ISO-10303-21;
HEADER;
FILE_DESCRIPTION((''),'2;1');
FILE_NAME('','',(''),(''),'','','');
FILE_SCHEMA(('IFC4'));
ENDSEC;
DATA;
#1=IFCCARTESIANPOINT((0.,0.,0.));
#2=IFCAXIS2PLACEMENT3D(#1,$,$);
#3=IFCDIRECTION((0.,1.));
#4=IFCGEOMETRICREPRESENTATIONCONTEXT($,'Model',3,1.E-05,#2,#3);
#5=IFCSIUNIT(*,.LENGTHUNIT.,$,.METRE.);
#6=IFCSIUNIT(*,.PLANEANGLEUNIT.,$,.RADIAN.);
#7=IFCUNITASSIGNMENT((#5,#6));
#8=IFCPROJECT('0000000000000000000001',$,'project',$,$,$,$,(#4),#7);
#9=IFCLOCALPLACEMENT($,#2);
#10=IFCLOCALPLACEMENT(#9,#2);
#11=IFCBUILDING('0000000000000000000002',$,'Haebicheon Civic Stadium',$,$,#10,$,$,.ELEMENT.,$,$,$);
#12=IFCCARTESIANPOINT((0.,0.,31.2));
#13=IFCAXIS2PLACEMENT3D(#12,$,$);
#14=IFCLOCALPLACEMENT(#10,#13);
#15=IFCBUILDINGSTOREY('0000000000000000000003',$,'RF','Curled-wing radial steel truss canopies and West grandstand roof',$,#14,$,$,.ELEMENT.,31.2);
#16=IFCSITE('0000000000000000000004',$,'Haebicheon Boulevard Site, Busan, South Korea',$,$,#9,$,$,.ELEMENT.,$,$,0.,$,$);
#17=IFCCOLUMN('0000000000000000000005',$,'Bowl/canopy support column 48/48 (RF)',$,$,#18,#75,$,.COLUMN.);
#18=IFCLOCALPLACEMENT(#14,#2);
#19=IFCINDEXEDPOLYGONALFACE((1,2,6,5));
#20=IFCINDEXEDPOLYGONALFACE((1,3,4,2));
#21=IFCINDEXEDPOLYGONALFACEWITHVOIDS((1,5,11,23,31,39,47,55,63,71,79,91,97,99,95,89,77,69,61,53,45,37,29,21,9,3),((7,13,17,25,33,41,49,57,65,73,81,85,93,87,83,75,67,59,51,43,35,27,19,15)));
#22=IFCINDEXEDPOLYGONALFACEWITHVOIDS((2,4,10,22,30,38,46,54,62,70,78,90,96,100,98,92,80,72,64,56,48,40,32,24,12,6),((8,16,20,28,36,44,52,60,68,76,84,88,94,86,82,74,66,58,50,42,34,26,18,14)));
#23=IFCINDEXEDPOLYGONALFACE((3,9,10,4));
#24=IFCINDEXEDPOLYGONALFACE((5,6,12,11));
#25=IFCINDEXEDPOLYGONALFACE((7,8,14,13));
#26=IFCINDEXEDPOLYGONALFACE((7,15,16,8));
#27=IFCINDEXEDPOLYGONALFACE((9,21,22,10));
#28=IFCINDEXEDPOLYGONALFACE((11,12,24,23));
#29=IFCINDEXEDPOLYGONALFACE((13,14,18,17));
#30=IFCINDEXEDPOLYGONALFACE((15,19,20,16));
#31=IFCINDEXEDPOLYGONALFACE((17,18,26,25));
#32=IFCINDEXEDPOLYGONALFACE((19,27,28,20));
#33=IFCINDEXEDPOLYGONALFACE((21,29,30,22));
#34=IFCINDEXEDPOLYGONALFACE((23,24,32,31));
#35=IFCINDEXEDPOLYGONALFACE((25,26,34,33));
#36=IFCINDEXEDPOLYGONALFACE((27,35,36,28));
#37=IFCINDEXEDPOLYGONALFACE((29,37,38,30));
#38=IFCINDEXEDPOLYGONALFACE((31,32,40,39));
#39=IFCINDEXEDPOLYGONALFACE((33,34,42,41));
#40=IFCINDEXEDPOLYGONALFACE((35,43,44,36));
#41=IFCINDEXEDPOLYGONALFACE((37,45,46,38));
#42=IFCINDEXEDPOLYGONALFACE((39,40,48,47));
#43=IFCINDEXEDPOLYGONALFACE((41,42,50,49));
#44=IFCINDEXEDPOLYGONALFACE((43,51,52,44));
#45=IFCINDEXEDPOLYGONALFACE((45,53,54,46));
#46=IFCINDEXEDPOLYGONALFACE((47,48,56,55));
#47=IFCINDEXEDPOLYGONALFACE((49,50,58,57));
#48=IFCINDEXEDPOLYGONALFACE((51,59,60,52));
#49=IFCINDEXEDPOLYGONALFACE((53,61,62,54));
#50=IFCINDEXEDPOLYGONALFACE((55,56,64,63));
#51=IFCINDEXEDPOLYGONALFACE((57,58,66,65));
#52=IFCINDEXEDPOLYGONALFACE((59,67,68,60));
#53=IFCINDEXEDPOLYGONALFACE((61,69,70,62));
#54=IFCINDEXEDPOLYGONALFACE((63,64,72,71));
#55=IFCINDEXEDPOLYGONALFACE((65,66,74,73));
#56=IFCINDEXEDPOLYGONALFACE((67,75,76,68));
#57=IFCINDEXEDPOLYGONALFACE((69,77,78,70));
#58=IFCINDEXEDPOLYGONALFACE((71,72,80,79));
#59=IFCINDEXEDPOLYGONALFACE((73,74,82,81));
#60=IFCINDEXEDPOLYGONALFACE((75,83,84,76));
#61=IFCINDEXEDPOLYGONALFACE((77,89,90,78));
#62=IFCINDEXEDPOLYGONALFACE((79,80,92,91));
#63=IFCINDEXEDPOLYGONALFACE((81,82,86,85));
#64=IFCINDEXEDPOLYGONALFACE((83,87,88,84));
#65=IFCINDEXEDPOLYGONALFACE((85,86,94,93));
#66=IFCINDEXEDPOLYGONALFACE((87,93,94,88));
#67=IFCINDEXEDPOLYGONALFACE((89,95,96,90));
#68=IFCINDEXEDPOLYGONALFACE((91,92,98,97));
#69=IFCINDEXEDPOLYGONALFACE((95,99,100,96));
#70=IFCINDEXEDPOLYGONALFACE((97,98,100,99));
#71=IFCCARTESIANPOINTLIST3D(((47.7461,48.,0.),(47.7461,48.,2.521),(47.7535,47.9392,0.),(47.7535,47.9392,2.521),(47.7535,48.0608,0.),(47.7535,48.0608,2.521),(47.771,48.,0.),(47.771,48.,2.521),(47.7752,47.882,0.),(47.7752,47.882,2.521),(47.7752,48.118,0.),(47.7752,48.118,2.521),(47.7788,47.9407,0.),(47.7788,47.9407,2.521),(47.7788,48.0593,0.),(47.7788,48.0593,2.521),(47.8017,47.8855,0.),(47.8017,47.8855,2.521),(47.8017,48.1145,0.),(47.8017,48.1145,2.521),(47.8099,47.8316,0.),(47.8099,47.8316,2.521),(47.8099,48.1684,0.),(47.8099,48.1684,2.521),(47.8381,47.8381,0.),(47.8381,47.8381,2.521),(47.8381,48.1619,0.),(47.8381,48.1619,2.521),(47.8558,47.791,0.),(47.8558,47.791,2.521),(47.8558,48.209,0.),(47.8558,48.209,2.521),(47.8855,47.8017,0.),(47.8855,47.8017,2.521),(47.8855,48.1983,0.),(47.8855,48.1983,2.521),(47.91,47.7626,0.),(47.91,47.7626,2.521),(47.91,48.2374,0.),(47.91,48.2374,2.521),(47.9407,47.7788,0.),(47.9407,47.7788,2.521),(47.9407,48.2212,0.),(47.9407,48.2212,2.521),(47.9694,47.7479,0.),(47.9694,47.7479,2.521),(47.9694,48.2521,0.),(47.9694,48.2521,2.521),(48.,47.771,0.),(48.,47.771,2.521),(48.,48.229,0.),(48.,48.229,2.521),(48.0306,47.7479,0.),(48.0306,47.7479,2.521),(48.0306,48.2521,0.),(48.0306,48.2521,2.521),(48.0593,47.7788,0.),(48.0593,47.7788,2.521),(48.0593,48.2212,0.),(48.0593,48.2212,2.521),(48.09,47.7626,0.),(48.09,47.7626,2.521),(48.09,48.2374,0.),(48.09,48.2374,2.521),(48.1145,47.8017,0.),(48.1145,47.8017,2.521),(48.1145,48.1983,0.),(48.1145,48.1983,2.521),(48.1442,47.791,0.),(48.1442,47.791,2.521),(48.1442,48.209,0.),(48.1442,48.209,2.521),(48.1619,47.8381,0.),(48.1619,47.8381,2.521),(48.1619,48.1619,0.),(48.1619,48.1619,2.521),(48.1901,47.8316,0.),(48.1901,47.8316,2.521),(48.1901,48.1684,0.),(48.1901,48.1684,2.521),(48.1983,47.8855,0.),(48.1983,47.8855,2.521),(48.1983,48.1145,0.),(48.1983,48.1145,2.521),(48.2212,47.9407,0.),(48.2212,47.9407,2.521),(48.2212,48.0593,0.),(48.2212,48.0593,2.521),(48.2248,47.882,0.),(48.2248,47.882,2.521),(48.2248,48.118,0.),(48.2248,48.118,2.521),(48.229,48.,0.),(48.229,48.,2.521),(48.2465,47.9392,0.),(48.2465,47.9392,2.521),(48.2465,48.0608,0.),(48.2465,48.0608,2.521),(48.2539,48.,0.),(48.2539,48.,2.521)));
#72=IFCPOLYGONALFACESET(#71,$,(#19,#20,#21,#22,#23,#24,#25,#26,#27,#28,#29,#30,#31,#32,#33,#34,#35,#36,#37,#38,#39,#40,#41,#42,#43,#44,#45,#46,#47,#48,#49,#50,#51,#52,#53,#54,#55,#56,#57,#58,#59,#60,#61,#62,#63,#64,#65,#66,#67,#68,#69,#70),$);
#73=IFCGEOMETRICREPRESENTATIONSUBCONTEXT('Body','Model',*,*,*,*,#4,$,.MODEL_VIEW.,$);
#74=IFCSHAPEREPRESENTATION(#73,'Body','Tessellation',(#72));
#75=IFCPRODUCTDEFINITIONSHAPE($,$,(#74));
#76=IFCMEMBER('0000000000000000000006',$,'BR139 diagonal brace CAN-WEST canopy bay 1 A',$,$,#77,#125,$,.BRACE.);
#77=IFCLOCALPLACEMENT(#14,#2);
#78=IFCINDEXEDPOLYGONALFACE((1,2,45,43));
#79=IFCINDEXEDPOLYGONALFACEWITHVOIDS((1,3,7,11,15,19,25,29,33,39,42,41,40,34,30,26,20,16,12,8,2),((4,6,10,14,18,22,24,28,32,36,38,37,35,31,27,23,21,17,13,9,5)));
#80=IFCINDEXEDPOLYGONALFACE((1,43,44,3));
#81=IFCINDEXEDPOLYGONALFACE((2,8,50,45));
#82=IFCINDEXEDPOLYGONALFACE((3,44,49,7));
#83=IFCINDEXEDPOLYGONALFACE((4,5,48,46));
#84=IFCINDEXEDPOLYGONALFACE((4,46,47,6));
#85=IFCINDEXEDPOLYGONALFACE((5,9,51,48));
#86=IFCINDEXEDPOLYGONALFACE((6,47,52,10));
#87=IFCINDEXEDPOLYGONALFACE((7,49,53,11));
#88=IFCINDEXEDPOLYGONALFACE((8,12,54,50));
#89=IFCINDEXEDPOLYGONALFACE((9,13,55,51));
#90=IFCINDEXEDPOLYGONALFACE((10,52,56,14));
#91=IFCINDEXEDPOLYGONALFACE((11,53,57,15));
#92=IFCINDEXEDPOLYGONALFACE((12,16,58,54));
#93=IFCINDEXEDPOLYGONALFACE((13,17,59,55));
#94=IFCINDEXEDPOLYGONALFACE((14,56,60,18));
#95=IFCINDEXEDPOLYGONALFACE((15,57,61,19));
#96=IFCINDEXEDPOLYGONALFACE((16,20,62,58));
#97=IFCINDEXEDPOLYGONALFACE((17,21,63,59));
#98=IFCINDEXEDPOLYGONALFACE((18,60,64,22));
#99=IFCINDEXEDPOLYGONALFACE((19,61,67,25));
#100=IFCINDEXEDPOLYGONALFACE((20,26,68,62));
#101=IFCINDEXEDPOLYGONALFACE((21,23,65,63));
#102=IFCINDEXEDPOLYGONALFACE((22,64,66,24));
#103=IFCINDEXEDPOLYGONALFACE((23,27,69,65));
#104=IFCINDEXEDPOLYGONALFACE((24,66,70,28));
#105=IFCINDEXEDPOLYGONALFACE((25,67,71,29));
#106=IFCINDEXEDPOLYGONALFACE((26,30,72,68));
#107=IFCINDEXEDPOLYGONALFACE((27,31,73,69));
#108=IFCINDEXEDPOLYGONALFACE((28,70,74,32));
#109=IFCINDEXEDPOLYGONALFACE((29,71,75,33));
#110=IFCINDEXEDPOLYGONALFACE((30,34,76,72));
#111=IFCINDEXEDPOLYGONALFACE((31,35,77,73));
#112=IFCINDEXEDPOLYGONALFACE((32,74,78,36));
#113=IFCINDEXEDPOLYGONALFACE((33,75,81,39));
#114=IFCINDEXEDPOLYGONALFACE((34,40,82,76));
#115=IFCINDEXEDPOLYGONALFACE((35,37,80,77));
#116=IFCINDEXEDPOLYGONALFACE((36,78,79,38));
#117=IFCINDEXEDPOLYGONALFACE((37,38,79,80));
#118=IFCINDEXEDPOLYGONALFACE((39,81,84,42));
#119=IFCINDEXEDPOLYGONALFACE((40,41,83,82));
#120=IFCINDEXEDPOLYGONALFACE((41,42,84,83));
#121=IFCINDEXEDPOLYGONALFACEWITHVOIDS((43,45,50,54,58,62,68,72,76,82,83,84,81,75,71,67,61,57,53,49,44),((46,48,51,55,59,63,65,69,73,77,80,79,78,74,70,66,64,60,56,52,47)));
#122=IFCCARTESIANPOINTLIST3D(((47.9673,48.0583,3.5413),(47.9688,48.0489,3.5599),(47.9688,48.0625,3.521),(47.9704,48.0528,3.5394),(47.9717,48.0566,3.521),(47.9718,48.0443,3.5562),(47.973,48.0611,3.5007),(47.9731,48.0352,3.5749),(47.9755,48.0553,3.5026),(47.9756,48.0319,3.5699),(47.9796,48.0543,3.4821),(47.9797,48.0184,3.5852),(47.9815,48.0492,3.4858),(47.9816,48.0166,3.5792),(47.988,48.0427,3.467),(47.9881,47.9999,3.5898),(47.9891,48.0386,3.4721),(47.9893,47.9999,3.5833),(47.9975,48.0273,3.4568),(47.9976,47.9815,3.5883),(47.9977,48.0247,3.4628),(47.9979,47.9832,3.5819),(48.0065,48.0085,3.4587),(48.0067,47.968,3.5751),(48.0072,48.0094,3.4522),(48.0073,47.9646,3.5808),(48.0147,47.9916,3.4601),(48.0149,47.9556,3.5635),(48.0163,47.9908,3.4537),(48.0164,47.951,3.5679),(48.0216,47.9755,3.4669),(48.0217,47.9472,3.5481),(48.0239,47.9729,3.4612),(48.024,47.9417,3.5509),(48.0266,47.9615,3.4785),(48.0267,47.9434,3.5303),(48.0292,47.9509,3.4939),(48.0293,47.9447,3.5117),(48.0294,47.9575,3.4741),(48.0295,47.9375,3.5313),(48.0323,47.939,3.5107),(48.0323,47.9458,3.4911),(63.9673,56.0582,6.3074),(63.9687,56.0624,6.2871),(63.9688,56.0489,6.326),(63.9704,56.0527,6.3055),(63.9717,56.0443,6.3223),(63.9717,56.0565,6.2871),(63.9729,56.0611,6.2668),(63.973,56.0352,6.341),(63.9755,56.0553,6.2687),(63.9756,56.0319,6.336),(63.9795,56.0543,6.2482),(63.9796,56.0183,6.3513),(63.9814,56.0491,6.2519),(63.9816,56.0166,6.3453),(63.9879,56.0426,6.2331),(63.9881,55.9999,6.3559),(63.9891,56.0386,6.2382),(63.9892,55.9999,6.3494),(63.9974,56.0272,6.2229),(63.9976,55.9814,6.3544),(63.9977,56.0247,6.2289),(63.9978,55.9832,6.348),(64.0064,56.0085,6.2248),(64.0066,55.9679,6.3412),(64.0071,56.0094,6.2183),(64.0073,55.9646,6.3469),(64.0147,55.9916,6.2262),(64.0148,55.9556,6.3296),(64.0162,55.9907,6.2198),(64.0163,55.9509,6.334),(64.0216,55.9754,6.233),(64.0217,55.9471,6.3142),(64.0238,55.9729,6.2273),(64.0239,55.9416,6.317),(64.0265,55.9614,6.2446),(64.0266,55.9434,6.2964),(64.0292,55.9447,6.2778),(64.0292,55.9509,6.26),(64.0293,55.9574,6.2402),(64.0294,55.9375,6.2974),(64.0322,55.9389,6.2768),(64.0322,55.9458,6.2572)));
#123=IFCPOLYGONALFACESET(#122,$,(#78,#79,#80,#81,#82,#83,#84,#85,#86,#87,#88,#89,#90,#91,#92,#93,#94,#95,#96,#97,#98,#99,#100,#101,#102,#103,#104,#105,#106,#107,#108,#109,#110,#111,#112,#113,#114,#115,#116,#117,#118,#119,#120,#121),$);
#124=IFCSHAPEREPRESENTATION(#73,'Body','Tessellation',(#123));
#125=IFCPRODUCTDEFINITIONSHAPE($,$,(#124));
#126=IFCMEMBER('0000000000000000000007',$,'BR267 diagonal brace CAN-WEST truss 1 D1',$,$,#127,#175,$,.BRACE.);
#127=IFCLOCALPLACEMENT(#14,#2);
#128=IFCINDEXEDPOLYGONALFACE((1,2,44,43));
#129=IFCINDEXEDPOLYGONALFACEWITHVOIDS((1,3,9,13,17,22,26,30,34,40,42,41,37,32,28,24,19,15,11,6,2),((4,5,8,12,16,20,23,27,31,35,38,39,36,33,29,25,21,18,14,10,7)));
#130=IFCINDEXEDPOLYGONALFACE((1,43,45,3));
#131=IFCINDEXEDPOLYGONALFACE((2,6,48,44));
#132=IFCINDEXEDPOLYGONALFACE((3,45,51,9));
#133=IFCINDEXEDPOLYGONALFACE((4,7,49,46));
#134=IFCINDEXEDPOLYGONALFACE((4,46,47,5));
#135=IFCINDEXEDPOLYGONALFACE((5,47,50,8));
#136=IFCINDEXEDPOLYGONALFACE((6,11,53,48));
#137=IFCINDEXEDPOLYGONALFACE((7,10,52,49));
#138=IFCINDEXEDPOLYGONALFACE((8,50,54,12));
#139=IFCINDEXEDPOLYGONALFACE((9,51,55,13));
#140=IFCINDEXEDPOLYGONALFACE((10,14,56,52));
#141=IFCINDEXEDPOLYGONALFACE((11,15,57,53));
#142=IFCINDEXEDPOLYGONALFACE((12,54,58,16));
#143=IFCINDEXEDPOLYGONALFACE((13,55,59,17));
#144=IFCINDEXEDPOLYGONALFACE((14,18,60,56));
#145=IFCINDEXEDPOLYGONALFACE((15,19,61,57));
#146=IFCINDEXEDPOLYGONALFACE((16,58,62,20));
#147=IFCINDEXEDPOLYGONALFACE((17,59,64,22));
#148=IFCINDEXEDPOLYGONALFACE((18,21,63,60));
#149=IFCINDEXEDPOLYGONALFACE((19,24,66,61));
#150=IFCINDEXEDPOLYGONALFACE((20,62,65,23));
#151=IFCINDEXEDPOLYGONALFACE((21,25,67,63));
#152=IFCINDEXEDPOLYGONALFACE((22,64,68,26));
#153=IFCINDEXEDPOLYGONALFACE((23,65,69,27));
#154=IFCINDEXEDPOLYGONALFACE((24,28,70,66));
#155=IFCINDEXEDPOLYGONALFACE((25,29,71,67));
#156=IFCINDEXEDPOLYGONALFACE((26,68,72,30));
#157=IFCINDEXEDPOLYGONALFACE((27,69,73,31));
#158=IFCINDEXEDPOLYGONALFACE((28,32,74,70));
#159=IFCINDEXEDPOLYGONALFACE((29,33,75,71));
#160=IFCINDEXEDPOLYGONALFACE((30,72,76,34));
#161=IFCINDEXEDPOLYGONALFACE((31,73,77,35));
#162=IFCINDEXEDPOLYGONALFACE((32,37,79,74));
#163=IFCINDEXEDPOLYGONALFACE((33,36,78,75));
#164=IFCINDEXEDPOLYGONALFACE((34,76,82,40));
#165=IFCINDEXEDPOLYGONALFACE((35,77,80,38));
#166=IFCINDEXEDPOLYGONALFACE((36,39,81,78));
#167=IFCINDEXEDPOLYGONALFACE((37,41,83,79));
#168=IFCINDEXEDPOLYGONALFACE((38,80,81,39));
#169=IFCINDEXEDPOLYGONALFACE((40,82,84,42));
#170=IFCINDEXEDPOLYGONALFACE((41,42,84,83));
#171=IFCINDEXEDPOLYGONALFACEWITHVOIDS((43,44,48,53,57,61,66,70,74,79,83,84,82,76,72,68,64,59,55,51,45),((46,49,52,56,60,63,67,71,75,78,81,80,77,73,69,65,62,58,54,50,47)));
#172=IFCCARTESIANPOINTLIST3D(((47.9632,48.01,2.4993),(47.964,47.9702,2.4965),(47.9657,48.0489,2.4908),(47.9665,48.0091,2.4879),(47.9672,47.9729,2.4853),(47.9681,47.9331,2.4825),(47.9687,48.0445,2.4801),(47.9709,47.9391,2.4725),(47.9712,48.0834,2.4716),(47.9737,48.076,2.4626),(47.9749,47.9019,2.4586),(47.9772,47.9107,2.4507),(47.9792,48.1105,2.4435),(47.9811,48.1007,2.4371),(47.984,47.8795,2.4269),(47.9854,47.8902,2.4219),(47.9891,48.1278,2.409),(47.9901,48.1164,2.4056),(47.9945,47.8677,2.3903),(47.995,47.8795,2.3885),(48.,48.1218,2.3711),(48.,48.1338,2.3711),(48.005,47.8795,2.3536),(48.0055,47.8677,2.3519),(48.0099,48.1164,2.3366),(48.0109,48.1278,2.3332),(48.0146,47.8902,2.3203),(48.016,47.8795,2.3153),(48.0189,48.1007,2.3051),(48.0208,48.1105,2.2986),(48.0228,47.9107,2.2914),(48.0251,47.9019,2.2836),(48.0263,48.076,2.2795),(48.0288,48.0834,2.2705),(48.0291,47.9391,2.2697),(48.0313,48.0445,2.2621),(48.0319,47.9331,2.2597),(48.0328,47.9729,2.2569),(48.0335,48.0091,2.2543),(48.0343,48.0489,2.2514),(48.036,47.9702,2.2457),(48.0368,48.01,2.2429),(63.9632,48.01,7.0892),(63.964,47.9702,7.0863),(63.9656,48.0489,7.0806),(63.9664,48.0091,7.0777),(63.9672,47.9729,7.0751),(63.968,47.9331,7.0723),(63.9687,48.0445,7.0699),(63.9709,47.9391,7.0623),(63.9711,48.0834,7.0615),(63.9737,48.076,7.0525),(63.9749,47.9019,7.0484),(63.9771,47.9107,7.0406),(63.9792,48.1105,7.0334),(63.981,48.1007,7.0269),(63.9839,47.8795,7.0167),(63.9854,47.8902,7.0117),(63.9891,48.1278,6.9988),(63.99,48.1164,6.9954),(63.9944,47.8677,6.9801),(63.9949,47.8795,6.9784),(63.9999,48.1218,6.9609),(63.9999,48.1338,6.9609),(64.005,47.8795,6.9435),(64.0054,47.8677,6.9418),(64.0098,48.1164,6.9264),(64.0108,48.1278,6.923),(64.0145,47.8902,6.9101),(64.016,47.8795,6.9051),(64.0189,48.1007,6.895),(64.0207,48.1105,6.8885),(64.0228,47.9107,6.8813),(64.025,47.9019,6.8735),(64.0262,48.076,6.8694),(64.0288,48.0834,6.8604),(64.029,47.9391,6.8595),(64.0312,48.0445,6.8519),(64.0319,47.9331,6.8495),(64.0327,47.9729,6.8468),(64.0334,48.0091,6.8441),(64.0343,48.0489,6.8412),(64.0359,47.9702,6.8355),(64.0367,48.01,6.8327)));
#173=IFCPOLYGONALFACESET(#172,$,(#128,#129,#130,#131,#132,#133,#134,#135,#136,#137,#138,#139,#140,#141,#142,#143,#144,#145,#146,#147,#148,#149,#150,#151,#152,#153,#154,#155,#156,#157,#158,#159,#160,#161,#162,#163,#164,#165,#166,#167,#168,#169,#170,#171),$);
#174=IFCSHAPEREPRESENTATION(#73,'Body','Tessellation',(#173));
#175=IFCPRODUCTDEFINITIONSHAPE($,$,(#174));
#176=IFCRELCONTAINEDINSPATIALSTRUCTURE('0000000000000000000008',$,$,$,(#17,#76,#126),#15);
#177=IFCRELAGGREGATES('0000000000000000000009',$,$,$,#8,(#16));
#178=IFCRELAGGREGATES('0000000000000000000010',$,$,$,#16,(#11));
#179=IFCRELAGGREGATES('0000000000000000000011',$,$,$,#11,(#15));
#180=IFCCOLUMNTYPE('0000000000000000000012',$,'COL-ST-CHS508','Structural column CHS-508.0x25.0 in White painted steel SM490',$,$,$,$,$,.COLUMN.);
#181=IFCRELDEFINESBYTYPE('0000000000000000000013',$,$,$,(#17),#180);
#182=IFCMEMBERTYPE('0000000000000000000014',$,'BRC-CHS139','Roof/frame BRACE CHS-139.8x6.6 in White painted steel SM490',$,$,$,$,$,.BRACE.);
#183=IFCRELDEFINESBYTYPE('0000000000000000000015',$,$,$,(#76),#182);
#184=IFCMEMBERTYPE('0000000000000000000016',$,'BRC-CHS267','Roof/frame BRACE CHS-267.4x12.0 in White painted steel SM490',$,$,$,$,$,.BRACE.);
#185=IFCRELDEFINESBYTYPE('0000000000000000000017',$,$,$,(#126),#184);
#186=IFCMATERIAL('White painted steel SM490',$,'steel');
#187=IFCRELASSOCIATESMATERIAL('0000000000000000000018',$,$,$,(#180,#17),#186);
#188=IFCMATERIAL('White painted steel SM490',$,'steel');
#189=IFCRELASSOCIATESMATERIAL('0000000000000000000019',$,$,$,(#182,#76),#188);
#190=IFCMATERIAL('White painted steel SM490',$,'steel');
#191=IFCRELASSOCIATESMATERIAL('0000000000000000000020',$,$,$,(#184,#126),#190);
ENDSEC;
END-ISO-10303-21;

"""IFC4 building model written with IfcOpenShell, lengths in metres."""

from ifc_helpers import new_model, si_unit, direction, frame, origin, origin_2d, place, context, subcontext, project, spatial, hollow_circle, extrude, material, material_profile, profile_set, type_object, element, save


model = new_model("IFC4")

# Units and contexts
model_context = context("Model", 3, precision=1e-05, world=origin(), true_north=direction((0.0, 1.0)))
body_context = subcontext(model_context, "Body", "Model", "MODEL_VIEW")
ifc_project = project(units=[si_unit("LENGTHUNIT", "METRE"), si_unit("PLANEANGLEUNIT", "RADIAN")], contexts=[model_context])

# Site, building, storey
site_placement = place(None, origin())
site = spatial("IfcSite", under=ifc_project, at=site_placement, Name="Haebicheon Boulevard Site, Busan, South Korea", CompositionType="ELEMENT", RefElevation=0.0)
building_placement = place(site_placement, origin())
building = spatial("IfcBuilding", under=site, at=building_placement, Name="Haebicheon Civic Stadium", CompositionType="ELEMENT")
storey_placement = place(building_placement, frame((0.0, 0.0, 31.2)))
storey = spatial("IfcBuildingStorey", under=building, at=storey_placement, Name="RF", Description="Curled-wing radial steel truss canopies and West grandstand roof", CompositionType="ELEMENT", Elevation=31.2)

# Column
ifc_material_1 = material(Name="White painted steel SM490", Category="steel")
ifc_material_profile_1 = material_profile(ifc_material_1, hollow_circle(Radius=0.2539, WallThickness=0.0249, at=origin_2d()), Name="CHS-508.0x25.0")
ifc_profile_set_1 = profile_set([ifc_material_profile_1], Name="White painted steel SM490")
column_type = type_object("IfcColumnType", Name="COL-ST-CHS508", Description="Structural column CHS-508.0x25.0 in White painted steel SM490", PredefinedType="COLUMN", material=ifc_profile_set_1)
column_placement = place(storey_placement, frame((48.0, 48.0, 0.0), z_axis=(0.0, 0.0, 1.0), x_axis=(1.0, 0.0, 0.0)))
element("IfcColumn", 1, at=column_placement, inside=storey, type_object=column_type, material=ifc_profile_set_1, Name="Bowl/canopy support column 48/48 (RF)", PredefinedType="COLUMN", context=body_context, shape_type="SweptSolid", body=[
    extrude(hollow_circle(Radius=0.2539, WallThickness=0.0249, at=origin_2d()), origin(), (0.0, 0.0, 1.0), 2.521),
])

# Members
ifc_material_2 = material(Name="White painted steel SM490", Category="steel")
ifc_material_profile_2 = material_profile(ifc_material_2, hollow_circle(Radius=0.0698, WallThickness=0.0066, at=origin_2d()), Name="CHS-139.8x6.6")
ifc_profile_set_2 = profile_set([ifc_material_profile_2], Name="White painted steel SM490")
member_type_1 = type_object("IfcMemberType", Name="BRC-CHS139", Description="Roof/frame BRACE CHS-139.8x6.6 in White painted steel SM490", PredefinedType="BRACE", material=ifc_profile_set_2)
member_1_placement = place(storey_placement, frame((48.0, 48.0, 3.521), z_axis=(0.883922, 0.441961, 0.152814), x_axis=(-0.447214, 0.894427, 0.0)))
element("IfcMember", 2, at=member_1_placement, inside=storey, type_object=member_type_1, material=ifc_profile_set_2, Name="BR139 diagonal brace CAN-WEST canopy bay 1 A", PredefinedType="BRACE", context=body_context, shape_type="SweptSolid", body=[
    extrude(hollow_circle(Radius=0.0698, WallThickness=0.0066, at=origin_2d()), origin(), (0.0, 0.0, 1.0), 18.1011),
])
ifc_material_3 = material(Name="White painted steel SM490", Category="steel")
ifc_material_profile_3 = material_profile(ifc_material_3, hollow_circle(Radius=0.1338, WallThickness=0.012, at=origin_2d()), Name="CHS-267.4x12.0")
ifc_profile_set_3 = profile_set([ifc_material_profile_3], Name="White painted steel SM490")
member_type_2 = type_object("IfcMemberType", Name="BRC-CHS267", Description="Roof/frame BRACE CHS-267.4x12.0 in White painted steel SM490", PredefinedType="BRACE", material=ifc_profile_set_3)
member_2_placement = place(storey_placement, frame((48.0, 48.0, 2.3711), z_axis=(0.961231, 0.0, 0.275744), x_axis=(0.0, 1.0, 0.0)))
element("IfcMember", 3, at=member_2_placement, inside=storey, type_object=member_type_2, material=ifc_profile_set_3, Name="BR267 diagonal brace CAN-WEST truss 1 D1", PredefinedType="BRACE", context=body_context, shape_type="SweptSolid", body=[
    extrude(hollow_circle(Radius=0.1338, WallThickness=0.012, at=origin_2d()), origin(), (0.0, 0.0, 1.0), 16.6453),
])

save(model, "model.ifc")
